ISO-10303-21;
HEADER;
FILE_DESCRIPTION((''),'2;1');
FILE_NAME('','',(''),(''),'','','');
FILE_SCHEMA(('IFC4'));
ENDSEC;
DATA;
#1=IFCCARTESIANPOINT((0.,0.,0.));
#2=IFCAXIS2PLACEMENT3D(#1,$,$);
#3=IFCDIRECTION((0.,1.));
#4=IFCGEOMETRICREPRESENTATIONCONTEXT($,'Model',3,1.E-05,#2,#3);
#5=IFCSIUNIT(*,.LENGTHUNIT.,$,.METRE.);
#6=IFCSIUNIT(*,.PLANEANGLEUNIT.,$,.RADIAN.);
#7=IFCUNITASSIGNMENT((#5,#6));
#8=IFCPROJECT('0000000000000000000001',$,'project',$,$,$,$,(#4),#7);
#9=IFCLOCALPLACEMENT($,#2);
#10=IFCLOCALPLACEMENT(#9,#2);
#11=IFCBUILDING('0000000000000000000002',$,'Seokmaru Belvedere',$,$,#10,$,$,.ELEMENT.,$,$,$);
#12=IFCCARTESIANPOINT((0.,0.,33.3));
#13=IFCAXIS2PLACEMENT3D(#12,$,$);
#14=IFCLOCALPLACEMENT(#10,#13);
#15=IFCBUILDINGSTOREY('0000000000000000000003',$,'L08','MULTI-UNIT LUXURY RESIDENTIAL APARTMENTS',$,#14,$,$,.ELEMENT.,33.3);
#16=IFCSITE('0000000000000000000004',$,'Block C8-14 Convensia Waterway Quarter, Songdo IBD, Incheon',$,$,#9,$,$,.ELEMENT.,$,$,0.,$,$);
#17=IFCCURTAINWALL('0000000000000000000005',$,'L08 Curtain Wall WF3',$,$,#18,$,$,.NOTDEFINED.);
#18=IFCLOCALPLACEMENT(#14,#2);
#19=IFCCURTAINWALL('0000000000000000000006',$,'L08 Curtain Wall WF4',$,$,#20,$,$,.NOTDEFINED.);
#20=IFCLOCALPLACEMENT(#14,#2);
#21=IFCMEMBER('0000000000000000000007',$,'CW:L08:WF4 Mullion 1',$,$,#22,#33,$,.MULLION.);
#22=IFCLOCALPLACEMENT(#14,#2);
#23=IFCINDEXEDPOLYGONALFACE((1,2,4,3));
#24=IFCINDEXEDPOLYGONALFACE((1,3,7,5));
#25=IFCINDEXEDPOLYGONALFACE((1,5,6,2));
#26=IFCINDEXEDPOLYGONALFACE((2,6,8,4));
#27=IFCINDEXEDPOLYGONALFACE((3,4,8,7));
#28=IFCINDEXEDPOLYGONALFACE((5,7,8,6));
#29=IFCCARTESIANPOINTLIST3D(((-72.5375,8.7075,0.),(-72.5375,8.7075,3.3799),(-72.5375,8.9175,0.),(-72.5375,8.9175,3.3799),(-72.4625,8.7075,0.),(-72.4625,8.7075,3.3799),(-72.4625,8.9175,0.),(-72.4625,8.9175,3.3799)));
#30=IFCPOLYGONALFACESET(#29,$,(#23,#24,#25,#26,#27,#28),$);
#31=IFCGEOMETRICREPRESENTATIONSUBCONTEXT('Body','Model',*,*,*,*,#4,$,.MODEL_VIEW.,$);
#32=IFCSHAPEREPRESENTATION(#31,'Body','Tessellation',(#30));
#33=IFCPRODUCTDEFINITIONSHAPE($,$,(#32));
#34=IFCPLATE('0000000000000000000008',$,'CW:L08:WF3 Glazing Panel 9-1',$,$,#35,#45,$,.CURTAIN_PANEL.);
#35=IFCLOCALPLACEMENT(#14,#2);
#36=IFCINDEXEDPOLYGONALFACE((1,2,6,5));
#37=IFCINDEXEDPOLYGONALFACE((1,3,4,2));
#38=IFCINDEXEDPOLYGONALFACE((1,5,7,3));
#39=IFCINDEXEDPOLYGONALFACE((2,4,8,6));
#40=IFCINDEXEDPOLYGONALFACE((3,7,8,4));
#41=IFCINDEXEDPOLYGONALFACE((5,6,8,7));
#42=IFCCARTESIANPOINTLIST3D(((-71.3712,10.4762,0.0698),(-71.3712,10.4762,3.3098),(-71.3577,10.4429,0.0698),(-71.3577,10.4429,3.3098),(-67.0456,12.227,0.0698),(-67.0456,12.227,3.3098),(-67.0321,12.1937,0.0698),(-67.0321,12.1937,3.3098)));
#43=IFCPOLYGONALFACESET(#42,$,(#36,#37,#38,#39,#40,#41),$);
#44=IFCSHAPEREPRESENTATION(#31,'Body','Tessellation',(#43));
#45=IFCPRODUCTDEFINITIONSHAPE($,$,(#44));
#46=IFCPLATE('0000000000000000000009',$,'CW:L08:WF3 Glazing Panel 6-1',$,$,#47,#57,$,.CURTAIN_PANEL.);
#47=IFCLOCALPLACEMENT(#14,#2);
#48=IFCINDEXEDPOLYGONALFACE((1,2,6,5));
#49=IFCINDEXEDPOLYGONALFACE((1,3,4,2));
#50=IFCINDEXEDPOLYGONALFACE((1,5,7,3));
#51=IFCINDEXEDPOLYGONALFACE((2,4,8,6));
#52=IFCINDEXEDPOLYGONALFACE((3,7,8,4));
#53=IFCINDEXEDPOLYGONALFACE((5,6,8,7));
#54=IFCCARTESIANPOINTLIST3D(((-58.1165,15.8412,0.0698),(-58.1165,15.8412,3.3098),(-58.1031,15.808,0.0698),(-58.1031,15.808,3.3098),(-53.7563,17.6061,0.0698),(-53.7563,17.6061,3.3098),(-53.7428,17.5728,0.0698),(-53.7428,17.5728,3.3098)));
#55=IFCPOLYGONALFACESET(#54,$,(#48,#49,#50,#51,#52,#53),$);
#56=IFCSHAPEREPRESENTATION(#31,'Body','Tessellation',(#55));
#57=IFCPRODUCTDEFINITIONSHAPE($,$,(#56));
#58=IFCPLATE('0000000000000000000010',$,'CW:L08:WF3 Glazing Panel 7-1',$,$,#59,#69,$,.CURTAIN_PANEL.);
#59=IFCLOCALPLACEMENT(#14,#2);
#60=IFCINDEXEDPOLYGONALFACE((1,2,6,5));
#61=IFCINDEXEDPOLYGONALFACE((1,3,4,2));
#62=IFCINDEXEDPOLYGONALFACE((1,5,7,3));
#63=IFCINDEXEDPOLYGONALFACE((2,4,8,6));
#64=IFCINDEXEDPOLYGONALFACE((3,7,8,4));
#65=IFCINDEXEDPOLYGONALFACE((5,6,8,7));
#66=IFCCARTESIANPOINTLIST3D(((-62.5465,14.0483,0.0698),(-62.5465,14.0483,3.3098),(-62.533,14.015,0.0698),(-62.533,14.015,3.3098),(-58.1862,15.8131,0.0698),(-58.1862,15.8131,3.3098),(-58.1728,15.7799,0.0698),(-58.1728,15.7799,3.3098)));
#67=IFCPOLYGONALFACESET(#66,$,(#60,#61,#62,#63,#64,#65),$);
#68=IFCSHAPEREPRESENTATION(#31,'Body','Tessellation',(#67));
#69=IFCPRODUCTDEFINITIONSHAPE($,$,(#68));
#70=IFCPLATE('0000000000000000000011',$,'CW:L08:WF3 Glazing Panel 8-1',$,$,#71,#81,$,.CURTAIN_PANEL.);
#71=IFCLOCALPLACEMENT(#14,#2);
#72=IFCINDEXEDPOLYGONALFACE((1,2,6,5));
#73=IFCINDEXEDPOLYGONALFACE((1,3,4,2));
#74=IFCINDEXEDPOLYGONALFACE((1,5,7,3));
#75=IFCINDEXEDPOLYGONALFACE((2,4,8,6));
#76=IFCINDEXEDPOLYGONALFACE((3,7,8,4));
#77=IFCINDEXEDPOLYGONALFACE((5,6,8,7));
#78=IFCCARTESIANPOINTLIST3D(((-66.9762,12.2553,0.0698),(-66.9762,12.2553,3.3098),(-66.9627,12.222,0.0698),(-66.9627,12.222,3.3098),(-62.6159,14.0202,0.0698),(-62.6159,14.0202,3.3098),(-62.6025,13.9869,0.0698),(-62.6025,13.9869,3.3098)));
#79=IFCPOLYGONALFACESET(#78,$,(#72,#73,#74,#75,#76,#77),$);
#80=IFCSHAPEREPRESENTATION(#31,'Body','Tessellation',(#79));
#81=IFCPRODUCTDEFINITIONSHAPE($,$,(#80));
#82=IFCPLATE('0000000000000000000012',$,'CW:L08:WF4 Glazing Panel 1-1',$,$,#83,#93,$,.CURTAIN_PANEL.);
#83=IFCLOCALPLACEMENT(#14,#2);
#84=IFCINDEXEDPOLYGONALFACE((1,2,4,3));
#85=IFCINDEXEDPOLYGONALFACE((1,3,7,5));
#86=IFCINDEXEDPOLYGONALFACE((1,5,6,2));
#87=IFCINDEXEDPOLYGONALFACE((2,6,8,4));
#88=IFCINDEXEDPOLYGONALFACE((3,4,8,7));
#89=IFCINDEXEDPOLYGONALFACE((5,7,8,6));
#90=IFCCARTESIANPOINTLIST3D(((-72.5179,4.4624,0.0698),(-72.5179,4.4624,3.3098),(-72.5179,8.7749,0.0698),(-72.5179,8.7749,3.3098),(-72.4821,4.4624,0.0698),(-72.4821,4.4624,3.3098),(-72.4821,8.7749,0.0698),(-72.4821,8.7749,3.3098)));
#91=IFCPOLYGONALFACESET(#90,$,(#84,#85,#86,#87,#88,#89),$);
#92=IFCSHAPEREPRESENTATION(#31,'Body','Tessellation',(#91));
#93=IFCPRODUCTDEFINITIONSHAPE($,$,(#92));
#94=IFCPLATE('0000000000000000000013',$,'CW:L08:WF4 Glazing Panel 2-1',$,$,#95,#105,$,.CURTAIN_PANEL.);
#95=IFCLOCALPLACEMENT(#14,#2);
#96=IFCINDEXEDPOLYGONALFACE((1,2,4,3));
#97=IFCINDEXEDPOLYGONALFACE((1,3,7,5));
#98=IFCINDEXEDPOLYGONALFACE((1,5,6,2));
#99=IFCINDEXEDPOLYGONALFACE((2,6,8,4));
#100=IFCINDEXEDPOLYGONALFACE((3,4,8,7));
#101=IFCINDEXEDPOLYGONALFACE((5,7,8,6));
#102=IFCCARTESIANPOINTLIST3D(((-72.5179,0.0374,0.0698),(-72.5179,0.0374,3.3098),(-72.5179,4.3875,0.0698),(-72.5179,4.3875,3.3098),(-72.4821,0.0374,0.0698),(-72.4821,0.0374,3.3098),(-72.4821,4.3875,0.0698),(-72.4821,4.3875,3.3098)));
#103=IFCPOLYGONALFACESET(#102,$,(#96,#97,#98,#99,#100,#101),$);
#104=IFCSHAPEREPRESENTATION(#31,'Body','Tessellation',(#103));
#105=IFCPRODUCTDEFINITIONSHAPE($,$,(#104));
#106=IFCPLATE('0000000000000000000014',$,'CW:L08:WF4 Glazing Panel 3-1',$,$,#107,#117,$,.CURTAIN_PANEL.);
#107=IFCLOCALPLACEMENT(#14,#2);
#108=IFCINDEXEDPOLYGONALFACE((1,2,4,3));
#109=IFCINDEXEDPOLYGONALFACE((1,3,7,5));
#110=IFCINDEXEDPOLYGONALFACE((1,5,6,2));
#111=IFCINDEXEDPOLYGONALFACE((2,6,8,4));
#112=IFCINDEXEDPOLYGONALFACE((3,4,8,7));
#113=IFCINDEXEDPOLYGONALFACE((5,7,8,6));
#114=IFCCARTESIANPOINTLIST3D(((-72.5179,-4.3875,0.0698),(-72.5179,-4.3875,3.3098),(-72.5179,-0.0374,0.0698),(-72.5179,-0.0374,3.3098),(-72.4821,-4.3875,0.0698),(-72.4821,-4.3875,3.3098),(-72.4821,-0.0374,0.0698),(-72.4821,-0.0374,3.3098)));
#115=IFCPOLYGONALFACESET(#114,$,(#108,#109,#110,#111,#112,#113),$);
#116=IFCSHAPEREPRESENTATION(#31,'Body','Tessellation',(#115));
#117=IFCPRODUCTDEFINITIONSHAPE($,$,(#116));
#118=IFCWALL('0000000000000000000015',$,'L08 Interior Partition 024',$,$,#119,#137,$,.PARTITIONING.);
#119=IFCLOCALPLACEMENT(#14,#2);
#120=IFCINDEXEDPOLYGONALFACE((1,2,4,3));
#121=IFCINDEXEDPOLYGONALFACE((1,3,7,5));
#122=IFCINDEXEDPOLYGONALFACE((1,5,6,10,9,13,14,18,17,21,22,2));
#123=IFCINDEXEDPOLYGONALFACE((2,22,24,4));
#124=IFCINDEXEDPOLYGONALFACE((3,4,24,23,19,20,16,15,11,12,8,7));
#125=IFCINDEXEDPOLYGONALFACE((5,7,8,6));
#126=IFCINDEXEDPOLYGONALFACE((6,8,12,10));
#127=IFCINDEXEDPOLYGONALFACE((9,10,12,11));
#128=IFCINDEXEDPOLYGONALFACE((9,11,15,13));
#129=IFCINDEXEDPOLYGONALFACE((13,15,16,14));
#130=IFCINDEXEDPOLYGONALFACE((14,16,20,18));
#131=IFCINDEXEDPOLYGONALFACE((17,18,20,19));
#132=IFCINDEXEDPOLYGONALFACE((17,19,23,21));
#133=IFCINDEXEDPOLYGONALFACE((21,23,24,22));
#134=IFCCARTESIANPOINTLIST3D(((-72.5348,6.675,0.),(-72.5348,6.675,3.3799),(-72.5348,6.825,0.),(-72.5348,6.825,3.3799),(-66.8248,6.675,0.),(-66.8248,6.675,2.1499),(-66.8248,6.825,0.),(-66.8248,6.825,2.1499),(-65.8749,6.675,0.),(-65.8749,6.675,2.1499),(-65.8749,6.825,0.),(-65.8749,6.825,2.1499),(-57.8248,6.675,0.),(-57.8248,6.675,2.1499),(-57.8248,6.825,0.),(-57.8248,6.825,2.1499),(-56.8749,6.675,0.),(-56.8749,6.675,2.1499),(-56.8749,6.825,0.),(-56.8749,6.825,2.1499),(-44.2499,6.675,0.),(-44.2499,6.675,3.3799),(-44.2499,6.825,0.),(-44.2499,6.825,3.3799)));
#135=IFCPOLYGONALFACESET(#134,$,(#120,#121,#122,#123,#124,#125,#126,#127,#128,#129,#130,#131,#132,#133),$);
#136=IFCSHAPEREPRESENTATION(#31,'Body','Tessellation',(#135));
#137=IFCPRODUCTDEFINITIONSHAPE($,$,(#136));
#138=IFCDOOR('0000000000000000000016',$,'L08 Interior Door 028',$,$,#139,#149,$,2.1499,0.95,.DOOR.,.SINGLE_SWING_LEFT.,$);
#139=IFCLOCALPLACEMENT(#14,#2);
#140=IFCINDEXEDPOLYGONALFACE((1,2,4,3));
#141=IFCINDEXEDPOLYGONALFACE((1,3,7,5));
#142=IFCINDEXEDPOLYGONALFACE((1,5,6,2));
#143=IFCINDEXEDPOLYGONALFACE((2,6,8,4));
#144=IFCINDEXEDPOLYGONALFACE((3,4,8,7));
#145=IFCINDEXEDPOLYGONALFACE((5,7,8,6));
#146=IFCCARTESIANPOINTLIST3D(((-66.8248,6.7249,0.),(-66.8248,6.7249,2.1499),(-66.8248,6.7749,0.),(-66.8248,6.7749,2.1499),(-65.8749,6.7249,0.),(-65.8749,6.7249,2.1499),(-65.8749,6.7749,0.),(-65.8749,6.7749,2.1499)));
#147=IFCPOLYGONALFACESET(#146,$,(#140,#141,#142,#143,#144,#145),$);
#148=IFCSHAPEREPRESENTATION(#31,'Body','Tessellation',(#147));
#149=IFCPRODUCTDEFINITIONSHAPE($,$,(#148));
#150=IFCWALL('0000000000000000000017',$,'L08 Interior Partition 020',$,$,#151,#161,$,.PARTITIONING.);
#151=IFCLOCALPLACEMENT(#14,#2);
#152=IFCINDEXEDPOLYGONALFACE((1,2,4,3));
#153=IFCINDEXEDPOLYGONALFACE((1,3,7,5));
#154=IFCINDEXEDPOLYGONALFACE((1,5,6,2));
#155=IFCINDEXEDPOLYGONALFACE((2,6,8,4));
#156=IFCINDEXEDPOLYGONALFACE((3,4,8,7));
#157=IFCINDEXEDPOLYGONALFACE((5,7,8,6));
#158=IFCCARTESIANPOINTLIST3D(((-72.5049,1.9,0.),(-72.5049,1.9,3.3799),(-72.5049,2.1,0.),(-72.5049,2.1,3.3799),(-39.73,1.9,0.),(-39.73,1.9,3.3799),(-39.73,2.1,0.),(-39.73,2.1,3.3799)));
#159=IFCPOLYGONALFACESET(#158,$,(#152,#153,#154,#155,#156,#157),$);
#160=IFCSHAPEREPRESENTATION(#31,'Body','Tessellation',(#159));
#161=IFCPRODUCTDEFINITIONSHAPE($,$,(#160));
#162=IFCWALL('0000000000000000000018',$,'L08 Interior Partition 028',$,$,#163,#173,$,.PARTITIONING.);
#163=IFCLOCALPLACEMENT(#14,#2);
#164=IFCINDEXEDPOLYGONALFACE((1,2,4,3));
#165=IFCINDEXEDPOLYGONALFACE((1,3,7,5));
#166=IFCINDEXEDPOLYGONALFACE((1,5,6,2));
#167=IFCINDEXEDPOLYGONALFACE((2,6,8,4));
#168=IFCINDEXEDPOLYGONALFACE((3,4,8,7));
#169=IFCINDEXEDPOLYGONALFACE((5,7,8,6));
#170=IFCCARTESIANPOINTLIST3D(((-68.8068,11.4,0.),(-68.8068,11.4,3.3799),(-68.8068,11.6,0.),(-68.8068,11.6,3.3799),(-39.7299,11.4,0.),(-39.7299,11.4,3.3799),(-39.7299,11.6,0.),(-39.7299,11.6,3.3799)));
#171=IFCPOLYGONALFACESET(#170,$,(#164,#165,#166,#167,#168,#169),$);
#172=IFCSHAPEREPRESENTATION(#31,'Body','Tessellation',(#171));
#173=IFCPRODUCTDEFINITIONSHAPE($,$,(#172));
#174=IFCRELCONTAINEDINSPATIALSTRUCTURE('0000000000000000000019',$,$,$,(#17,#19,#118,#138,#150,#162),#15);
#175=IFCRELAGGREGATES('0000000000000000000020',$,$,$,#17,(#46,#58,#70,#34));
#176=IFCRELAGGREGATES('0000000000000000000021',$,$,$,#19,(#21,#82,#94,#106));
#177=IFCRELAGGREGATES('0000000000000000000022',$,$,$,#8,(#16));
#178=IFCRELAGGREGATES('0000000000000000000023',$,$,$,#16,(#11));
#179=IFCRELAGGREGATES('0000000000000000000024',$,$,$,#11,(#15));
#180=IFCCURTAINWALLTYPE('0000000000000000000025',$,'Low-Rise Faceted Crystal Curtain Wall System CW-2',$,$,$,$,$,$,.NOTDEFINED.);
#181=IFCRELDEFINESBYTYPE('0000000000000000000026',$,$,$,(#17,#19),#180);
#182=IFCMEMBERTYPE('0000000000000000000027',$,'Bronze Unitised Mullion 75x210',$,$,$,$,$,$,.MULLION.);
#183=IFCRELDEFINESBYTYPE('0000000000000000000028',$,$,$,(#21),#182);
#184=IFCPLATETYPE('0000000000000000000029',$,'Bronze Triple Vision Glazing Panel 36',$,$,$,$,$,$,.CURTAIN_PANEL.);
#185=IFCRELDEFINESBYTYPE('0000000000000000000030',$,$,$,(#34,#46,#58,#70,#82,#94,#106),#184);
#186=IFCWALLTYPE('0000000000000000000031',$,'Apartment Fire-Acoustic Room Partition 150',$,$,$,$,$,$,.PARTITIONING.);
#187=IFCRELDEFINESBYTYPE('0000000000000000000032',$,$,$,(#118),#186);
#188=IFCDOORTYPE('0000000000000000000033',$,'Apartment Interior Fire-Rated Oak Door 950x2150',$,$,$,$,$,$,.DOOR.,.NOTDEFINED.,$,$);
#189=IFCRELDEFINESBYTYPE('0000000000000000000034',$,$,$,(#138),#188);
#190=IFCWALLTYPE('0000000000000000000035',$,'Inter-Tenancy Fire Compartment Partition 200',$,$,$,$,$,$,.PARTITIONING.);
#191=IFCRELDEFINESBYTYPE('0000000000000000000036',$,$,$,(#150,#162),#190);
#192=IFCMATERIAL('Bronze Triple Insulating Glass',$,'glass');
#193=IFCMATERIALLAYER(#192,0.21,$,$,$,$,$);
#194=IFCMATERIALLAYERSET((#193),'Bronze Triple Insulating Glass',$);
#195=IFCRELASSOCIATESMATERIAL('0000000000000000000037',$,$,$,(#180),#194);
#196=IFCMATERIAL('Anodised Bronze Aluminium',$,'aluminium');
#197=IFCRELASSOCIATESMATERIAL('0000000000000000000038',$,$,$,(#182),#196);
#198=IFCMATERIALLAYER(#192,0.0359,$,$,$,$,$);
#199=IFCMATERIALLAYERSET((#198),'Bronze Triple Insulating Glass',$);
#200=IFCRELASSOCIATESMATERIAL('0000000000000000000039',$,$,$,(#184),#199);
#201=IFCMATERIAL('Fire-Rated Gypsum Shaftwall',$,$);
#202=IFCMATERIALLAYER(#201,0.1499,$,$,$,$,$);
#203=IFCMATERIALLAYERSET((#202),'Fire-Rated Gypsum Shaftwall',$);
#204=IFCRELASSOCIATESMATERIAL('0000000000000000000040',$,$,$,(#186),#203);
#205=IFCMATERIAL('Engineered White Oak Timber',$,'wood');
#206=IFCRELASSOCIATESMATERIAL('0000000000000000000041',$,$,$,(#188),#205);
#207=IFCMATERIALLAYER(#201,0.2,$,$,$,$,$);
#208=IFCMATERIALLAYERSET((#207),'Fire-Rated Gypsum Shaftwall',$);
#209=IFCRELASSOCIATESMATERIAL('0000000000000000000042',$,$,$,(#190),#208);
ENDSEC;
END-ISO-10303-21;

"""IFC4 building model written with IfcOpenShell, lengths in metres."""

from ifc_helpers import new_model, si_unit, direction, frame, frame_2d, origin, origin_2d, place, context, subcontext, project, spatial, rectangle, extrude, source, transform, mapped, material, layer, layer_set, material_profile, profile_set, type_object, type_shapes, element, fill, aggregate, save


model = new_model("IFC4")

# Units and contexts
model_context = context("Model", 3, precision=1e-05, world=origin(), true_north=direction((0.0, 1.0)))
body_context = subcontext(model_context, "Body", "Model", "MODEL_VIEW")
ifc_project = project(units=[si_unit("LENGTHUNIT", "METRE"), si_unit("PLANEANGLEUNIT", "RADIAN")], contexts=[model_context])

# Site, building, storey
site_placement = place(None, origin())
site = spatial("IfcSite", under=ifc_project, at=site_placement, Name="Block C8-14 Convensia Waterway Quarter, Songdo IBD, Incheon", CompositionType="ELEMENT", RefElevation=0.0)
building_placement = place(site_placement, origin())
building = spatial("IfcBuilding", under=site, at=building_placement, Name="Seokmaru Belvedere", CompositionType="ELEMENT")
storey_placement = place(building_placement, frame((0.0, 0.0, 33.3)))
storey = spatial("IfcBuildingStorey", under=building, at=storey_placement, Name="L08", Description="MULTI-UNIT LUXURY RESIDENTIAL APARTMENTS", CompositionType="ELEMENT", Elevation=33.3)

# Curtain walls
ifc_material_1 = material(Name="Bronze Triple Insulating Glass", Category="glass")
ifc_layer_1 = layer(ifc_material_1, 0.21)
ifc_layer_set_1 = layer_set([ifc_layer_1], Name="Bronze Triple Insulating Glass")
curtain_wall_type = type_object("IfcCurtainWallType", Name="Low-Rise Faceted Crystal Curtain Wall System CW-2", PredefinedType="NOTDEFINED", material=ifc_layer_set_1)
curtain_wall_1_placement = place(storey_placement, origin())
curtain_wall_1 = element("IfcCurtainWall", 1, at=curtain_wall_1_placement, inside=storey, type_object=curtain_wall_type, Name="L08 Curtain Wall WF3", PredefinedType="NOTDEFINED")
ifc_material_2 = material(Name="Anodised Bronze Aluminium", Category="aluminium")
ifc_material_profile_1 = material_profile(ifc_material_2, rectangle(XDim=0.075, YDim=0.21, at=origin_2d()), Name="CW-M-75x210")
ifc_profile_set_1 = profile_set([ifc_material_profile_1], Name="Anodised Bronze Aluminium")
member_type_1 = type_object("IfcMemberType", Name="Bronze Unitised Mullion 75x210", PredefinedType="MULLION", material=ifc_profile_set_1)
curtain_wall_2_placement = place(storey_placement, origin())
curtain_wall_2 = element("IfcCurtainWall", 2, at=curtain_wall_2_placement, inside=storey, type_object=curtain_wall_type, Name="L08 Curtain Wall WF4", PredefinedType="NOTDEFINED")

# Member
shared_shape_1 = source(origin(), body_context, "Body", "SweptSolid", [
    extrude(rectangle(XDim=0.075, YDim=0.21, at=origin_2d()), origin(), (0.0, 0.0, 1.0), 3.3799),
])
member_1_placement = place(storey_placement, frame((-72.5, 8.8125, 0.0), z_axis=(0.0, 0.0, 1.0), x_axis=(1.0, 0.0, 0.0)))
member_1 = element("IfcMember", 3, at=member_1_placement, type_object=member_type_1, Name="CW:L08:WF4 Mullion 1", PredefinedType="MULLION", context=body_context, shape_type="MappedRepresentation", body=[
    mapped(shared_shape_1, transform((0.0, 0.0, 0.0), scale=1.0)),
])

# Plates
ifc_layer_2 = layer(ifc_material_1, 0.0359)
ifc_layer_set_2 = layer_set([ifc_layer_2], Name="Bronze Triple Insulating Glass")
plate_type = type_object("IfcPlateType", Name="Bronze Triple Vision Glazing Panel 36", PredefinedType="CURTAIN_PANEL", material=ifc_layer_set_2)
shared_shape_2 = source(origin(), body_context, "Body", "SweptSolid", [
    extrude(rectangle(XDim=4.6665, YDim=0.0359, at=origin_2d()), origin(), (0.0, 0.0, 1.0), 3.24),
])
plate_1_placement = place(storey_placement, frame((-69.2017, 11.335, 0.0698), z_axis=(0.0, 0.0, 1.0), x_axis=(-0.926947, -0.375192, 0.0)))
plate_1 = element("IfcPlate", 4, at=plate_1_placement, type_object=plate_type, Name="CW:L08:WF3 Glazing Panel 9-1", PredefinedType="CURTAIN_PANEL", context=body_context, shape_type="MappedRepresentation", body=[
    mapped(shared_shape_2, transform((0.0, 0.0, 0.0), scale=1.0)),
])
shared_shape_3 = source(origin(), body_context, "Body", "SweptSolid", [
    extrude(rectangle(XDim=4.7039, YDim=0.0359, at=origin_2d()), origin(), (0.0, 0.0, 1.0), 3.24),
])
plate_2_placement = place(storey_placement, frame((-55.9297, 16.707, 0.0698), z_axis=(0.0, 0.0, 1.0), x_axis=(-0.926947, -0.375192, 0.0)))
plate_2 = element("IfcPlate", 5, at=plate_2_placement, type_object=plate_type, Name="CW:L08:WF3 Glazing Panel 6-1", PredefinedType="CURTAIN_PANEL", context=body_context, shape_type="MappedRepresentation", body=[
    mapped(shared_shape_3, transform((0.0, 0.0, 0.0), scale=1.0)),
])
plate_3_placement = place(storey_placement, frame((-60.3596, 14.9141, 0.0698), z_axis=(0.0, 0.0, 1.0), x_axis=(-0.926947, -0.375192, 0.0)))
plate_3 = element("IfcPlate", 6, at=plate_3_placement, type_object=plate_type, Name="CW:L08:WF3 Glazing Panel 7-1", PredefinedType="CURTAIN_PANEL", context=body_context, shape_type="MappedRepresentation", body=[
    mapped(shared_shape_3, transform((0.0, 0.0, 0.0), scale=1.0)),
])
plate_4_placement = place(storey_placement, frame((-64.7893, 13.1211, 0.0698), z_axis=(0.0, 0.0, 1.0), x_axis=(-0.926947, -0.375192, 0.0)))
plate_4 = element("IfcPlate", 7, at=plate_4_placement, type_object=plate_type, Name="CW:L08:WF3 Glazing Panel 8-1", PredefinedType="CURTAIN_PANEL", context=body_context, shape_type="MappedRepresentation", body=[
    mapped(shared_shape_3, transform((0.0, 0.0, 0.0), scale=1.0)),
])
aggregate(curtain_wall_1, [plate_2, plate_3, plate_4, plate_1])
shared_shape_4 = source(origin(), body_context, "Body", "SweptSolid", [
    extrude(rectangle(XDim=4.3125, YDim=0.0359, at=origin_2d()), origin(), (0.0, 0.0, 1.0), 3.24),
])
plate_5_placement = place(storey_placement, frame((-72.5, 6.6187, 0.0698), z_axis=(0.0, 0.0, 1.0), x_axis=(0.0, -1.0, 0.0)))
plate_5 = element("IfcPlate", 8, at=plate_5_placement, type_object=plate_type, Name="CW:L08:WF4 Glazing Panel 1-1", PredefinedType="CURTAIN_PANEL", context=body_context, shape_type="MappedRepresentation", body=[
    mapped(shared_shape_4, transform((0.0, 0.0, 0.0), scale=1.0)),
])
shared_shape_5 = source(origin(), body_context, "Body", "SweptSolid", [
    extrude(rectangle(XDim=4.3501, YDim=0.0359, at=origin_2d()), origin(), (0.0, 0.0, 1.0), 3.24),
])
type_shapes(plate_type, [shared_shape_2, shared_shape_3, shared_shape_4, shared_shape_5])
plate_6_placement = place(storey_placement, frame((-72.5, 2.2124, 0.0698), z_axis=(0.0, 0.0, 1.0), x_axis=(0.0, -1.0, 0.0)))
plate_6 = element("IfcPlate", 9, at=plate_6_placement, type_object=plate_type, Name="CW:L08:WF4 Glazing Panel 2-1", PredefinedType="CURTAIN_PANEL", context=body_context, shape_type="MappedRepresentation", body=[
    mapped(shared_shape_5, transform((0.0, 0.0, 0.0), scale=1.0)),
])
plate_7_placement = place(storey_placement, frame((-72.5, -2.2124, 0.0698), z_axis=(0.0, 0.0, 1.0), x_axis=(0.0, -1.0, 0.0)))
plate_7 = element("IfcPlate", 10, at=plate_7_placement, type_object=plate_type, Name="CW:L08:WF4 Glazing Panel 3-1", PredefinedType="CURTAIN_PANEL", context=body_context, shape_type="MappedRepresentation", body=[
    mapped(shared_shape_5, transform((0.0, 0.0, 0.0), scale=1.0)),
])
aggregate(curtain_wall_2, [member_1, plate_5, plate_6, plate_7])

# Wall, openings, door
ifc_material_3 = material(Name="Fire-Rated Gypsum Shaftwall")
ifc_layer_3 = layer(ifc_material_3, 0.1499)
ifc_layer_set_3 = layer_set([ifc_layer_3], Name="Fire-Rated Gypsum Shaftwall")
wall_type_1 = type_object("IfcWallType", Name="Apartment Fire-Acoustic Room Partition 150", PredefinedType="PARTITIONING", material=ifc_layer_set_3)
wall_1_placement = place(storey_placement, frame((-72.5349, 6.75, 0.0), z_axis=(0.0, 0.0, 1.0), x_axis=(1.0, 0.0, 0.0)))
wall_1 = element("IfcWall", 11, at=wall_1_placement, inside=storey, type_object=wall_type_1, Name="L08 Interior Partition 024", PredefinedType="PARTITIONING", context=body_context, shape_type="SweptSolid", body=[
    extrude(rectangle(XDim=28.2849, YDim=0.1499, at=frame_2d((14.1426, 0.0))), origin(), (0.0, 0.0, 1.0), 3.3799),
])
opening_1_placement = place(wall_1_placement, frame((5.71, 0.0, 0.0)))
opening_1 = element("IfcOpeningElement", 12, at=opening_1_placement, cuts=wall_1, PredefinedType="OPENING", context=body_context, shape_type="SweptSolid", body=[
    extrude(rectangle(XDim=0.95, YDim=2.1499, at=frame_2d((0.4751, 1.075))), frame((0.0, 0.085, 0.0), z_axis=(0.0, -1.0, 0.0), x_axis=(1.0, 0.0, 0.0)), (0.0, 0.0, 1.0), 0.1699),
])
opening_2_placement = place(wall_1_placement, frame((14.71, 0.0, 0.0)))
element("IfcOpeningElement", 13, at=opening_2_placement, cuts=wall_1, PredefinedType="OPENING", context=body_context, shape_type="SweptSolid", body=[
    extrude(rectangle(XDim=0.95, YDim=2.1499, at=frame_2d((0.4751, 1.075))), frame((0.0, 0.085, 0.0), z_axis=(0.0, -1.0, 0.0), x_axis=(1.0, 0.0, 0.0)), (0.0, 0.0, 1.0), 0.1699),
])
ifc_material_4 = material(Name="Engineered White Oak Timber", Category="wood")
door_type = type_object("IfcDoorType", Name="Apartment Interior Fire-Rated Oak Door 950x2150", OperationType="NOTDEFINED", PredefinedType="DOOR", material=ifc_material_4)
shared_shape_6 = source(origin(), body_context, "Body", "SweptSolid", [
    extrude(rectangle(XDim=0.95, YDim=2.1499, at=frame_2d((0.4751, 1.075))), frame((0.0, 0.0249, 0.0), z_axis=(0.0, -1.0, 0.0), x_axis=(1.0, 0.0, 0.0)), (0.0, 0.0, 1.0), 0.05),
])
type_shapes(door_type, [shared_shape_6])
door_placement = place(opening_1_placement, origin())
door = element("IfcDoor", 14, at=door_placement, inside=storey, type_object=door_type, Name="L08 Interior Door 028", OperationType="SINGLE_SWING_LEFT", OverallHeight=2.1499, OverallWidth=0.95, PredefinedType="DOOR", context=body_context, shape_type="MappedRepresentation", body=[
    mapped(shared_shape_6, transform((0.0, 0.0, 0.0), scale=1.0)),
])
fill(opening_1, door)

# Walls
ifc_layer_4 = layer(ifc_material_3, 0.2)
ifc_layer_set_4 = layer_set([ifc_layer_4], Name="Fire-Rated Gypsum Shaftwall")
wall_type_2 = type_object("IfcWallType", Name="Inter-Tenancy Fire Compartment Partition 200", PredefinedType="PARTITIONING", material=ifc_layer_set_4)
wall_2_placement = place(storey_placement, frame((-72.5049, 2.0, 0.0), z_axis=(0.0, 0.0, 1.0), x_axis=(1.0, 0.0, 0.0)))
element("IfcWall", 15, at=wall_2_placement, inside=storey, type_object=wall_type_2, Name="L08 Interior Partition 020", PredefinedType="PARTITIONING", context=body_context, shape_type="SweptSolid", body=[
    extrude(rectangle(XDim=32.7749, YDim=0.2, at=frame_2d((16.3875, 0.0))), origin(), (0.0, 0.0, 1.0), 3.3799),
])
wall_3_placement = place(storey_placement, frame((-68.8069, 11.5, 0.0), z_axis=(0.0, 0.0, 1.0), x_axis=(1.0, 0.0, 0.0)))
element("IfcWall", 16, at=wall_3_placement, inside=storey, type_object=wall_type_2, Name="L08 Interior Partition 028", PredefinedType="PARTITIONING", context=body_context, shape_type="SweptSolid", body=[
    extrude(rectangle(XDim=29.0769, YDim=0.2, at=frame_2d((14.5386, 0.0))), origin(), (0.0, 0.0, 1.0), 3.3799),
])

save(model, "model.ifc")
